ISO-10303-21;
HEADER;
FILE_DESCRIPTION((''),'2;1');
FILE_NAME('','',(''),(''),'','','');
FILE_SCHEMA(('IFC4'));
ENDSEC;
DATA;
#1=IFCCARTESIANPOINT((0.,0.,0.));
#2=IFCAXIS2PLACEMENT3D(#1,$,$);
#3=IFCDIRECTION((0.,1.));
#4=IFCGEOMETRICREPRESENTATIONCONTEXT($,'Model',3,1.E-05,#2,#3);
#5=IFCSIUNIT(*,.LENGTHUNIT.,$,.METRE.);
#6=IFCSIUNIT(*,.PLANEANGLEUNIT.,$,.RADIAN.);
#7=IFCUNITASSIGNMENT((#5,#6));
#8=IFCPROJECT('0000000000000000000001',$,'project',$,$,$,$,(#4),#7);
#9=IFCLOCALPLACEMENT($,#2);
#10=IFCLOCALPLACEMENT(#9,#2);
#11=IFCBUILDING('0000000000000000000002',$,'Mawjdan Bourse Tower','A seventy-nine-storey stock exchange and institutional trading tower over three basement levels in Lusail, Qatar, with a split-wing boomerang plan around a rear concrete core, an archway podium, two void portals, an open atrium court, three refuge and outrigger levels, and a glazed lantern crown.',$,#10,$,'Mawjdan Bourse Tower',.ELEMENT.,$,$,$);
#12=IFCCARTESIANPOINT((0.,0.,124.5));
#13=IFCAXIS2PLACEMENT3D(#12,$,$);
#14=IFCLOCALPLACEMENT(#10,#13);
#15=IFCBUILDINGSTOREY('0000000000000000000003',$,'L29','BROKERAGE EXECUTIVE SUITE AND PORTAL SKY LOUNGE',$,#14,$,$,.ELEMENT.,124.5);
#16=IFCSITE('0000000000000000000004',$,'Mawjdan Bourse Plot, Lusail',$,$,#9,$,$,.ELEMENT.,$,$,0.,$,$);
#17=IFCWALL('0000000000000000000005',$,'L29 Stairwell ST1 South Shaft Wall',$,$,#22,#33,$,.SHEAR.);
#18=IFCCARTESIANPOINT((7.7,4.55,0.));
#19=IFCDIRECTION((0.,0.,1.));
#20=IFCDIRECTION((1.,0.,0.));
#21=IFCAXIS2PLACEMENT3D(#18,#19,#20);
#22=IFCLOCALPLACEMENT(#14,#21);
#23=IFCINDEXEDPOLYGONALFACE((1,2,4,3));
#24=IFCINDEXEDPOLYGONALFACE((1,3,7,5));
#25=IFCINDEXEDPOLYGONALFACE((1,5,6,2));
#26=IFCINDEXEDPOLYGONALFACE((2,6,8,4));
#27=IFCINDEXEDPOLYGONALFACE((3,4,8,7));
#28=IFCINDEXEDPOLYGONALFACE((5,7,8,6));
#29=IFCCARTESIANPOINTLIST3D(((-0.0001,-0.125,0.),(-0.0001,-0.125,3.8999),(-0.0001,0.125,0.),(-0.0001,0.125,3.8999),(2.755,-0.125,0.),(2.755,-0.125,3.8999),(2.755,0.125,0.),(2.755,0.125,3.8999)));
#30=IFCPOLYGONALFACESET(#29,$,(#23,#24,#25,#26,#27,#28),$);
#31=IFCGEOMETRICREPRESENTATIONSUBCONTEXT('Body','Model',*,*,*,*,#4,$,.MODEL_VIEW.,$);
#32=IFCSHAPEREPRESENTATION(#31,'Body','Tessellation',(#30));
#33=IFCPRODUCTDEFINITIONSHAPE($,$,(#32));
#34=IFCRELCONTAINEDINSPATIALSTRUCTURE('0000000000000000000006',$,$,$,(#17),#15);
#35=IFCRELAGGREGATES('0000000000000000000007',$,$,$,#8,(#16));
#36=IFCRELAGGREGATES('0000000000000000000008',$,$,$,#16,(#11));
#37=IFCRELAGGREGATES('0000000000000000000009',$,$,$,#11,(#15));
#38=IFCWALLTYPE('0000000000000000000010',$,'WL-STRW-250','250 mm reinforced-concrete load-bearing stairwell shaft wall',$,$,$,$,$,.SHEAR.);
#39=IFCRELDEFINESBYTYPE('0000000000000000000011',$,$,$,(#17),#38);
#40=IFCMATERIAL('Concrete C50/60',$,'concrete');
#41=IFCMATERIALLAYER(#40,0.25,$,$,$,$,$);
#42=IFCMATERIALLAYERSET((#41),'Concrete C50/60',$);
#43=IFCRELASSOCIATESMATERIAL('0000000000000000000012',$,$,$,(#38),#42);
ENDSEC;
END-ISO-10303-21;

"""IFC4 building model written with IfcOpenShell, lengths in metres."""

from ifc_helpers import new_model, si_unit, direction, frame, frame_2d, origin, place, context, subcontext, project, spatial, rectangle, extrude, material, layer, layer_set, type_object, element, save


model = new_model("IFC4")

# Units and contexts
model_context = context("Model", 3, precision=1e-05, world=origin(), true_north=direction((0.0, 1.0)))
body_context = subcontext(model_context, "Body", "Model", "MODEL_VIEW")
ifc_project = project(units=[si_unit("LENGTHUNIT", "METRE"), si_unit("PLANEANGLEUNIT", "RADIAN")], contexts=[model_context])

# Site, building, storey
site_placement = place(None, origin())
site = spatial("IfcSite", under=ifc_project, at=site_placement, Name="Mawjdan Bourse Plot, Lusail", CompositionType="ELEMENT", RefElevation=0.0)
building_placement = place(site_placement, origin())
building = spatial("IfcBuilding", under=site, at=building_placement, Name="Mawjdan Bourse Tower", Description="A seventy-nine-storey stock exchange and institutional trading tower over three basement levels in Lusail, Qatar, with a split-wing boomerang plan around a rear concrete core, an archway podium, two void portals, an open atrium court, three refuge and outrigger levels, and a glazed lantern crown.", LongName="Mawjdan Bourse Tower", CompositionType="ELEMENT")
storey_placement = place(building_placement, frame((0.0, 0.0, 124.5)))
storey = spatial("IfcBuildingStorey", under=building, at=storey_placement, Name="L29", Description="BROKERAGE EXECUTIVE SUITE AND PORTAL SKY LOUNGE", CompositionType="ELEMENT", Elevation=124.5)

# Shared definitions
ifc_material_1 = material(Name="Concrete C50/60", Category="concrete")

# Wall
ifc_layer_1 = layer(ifc_material_1, 0.25)
ifc_layer_set_1 = layer_set([ifc_layer_1], Name="Concrete C50/60")
wall_type_1 = type_object("IfcWallType", Name="WL-STRW-250", Description="250 mm reinforced-concrete load-bearing stairwell shaft wall", PredefinedType="SHEAR", material=ifc_layer_set_1)
wall_1_placement = place(storey_placement, frame((7.7, 4.55, 0.0), z_axis=(0.0, 0.0, 1.0), x_axis=(1.0, 0.0, 0.0)))
element("IfcWall", 1, at=wall_1_placement, inside=storey, type_object=wall_type_1, Name="L29 Stairwell ST1 South Shaft Wall", PredefinedType="SHEAR", context=body_context, shape_type="SweptSolid", body=[
    extrude(rectangle(XDim=2.7551, YDim=0.25, at=frame_2d((1.3774, 0.0))), origin(), (0.0, 0.0, 1.0), 3.8999),
])

save(model, "model.ifc")
